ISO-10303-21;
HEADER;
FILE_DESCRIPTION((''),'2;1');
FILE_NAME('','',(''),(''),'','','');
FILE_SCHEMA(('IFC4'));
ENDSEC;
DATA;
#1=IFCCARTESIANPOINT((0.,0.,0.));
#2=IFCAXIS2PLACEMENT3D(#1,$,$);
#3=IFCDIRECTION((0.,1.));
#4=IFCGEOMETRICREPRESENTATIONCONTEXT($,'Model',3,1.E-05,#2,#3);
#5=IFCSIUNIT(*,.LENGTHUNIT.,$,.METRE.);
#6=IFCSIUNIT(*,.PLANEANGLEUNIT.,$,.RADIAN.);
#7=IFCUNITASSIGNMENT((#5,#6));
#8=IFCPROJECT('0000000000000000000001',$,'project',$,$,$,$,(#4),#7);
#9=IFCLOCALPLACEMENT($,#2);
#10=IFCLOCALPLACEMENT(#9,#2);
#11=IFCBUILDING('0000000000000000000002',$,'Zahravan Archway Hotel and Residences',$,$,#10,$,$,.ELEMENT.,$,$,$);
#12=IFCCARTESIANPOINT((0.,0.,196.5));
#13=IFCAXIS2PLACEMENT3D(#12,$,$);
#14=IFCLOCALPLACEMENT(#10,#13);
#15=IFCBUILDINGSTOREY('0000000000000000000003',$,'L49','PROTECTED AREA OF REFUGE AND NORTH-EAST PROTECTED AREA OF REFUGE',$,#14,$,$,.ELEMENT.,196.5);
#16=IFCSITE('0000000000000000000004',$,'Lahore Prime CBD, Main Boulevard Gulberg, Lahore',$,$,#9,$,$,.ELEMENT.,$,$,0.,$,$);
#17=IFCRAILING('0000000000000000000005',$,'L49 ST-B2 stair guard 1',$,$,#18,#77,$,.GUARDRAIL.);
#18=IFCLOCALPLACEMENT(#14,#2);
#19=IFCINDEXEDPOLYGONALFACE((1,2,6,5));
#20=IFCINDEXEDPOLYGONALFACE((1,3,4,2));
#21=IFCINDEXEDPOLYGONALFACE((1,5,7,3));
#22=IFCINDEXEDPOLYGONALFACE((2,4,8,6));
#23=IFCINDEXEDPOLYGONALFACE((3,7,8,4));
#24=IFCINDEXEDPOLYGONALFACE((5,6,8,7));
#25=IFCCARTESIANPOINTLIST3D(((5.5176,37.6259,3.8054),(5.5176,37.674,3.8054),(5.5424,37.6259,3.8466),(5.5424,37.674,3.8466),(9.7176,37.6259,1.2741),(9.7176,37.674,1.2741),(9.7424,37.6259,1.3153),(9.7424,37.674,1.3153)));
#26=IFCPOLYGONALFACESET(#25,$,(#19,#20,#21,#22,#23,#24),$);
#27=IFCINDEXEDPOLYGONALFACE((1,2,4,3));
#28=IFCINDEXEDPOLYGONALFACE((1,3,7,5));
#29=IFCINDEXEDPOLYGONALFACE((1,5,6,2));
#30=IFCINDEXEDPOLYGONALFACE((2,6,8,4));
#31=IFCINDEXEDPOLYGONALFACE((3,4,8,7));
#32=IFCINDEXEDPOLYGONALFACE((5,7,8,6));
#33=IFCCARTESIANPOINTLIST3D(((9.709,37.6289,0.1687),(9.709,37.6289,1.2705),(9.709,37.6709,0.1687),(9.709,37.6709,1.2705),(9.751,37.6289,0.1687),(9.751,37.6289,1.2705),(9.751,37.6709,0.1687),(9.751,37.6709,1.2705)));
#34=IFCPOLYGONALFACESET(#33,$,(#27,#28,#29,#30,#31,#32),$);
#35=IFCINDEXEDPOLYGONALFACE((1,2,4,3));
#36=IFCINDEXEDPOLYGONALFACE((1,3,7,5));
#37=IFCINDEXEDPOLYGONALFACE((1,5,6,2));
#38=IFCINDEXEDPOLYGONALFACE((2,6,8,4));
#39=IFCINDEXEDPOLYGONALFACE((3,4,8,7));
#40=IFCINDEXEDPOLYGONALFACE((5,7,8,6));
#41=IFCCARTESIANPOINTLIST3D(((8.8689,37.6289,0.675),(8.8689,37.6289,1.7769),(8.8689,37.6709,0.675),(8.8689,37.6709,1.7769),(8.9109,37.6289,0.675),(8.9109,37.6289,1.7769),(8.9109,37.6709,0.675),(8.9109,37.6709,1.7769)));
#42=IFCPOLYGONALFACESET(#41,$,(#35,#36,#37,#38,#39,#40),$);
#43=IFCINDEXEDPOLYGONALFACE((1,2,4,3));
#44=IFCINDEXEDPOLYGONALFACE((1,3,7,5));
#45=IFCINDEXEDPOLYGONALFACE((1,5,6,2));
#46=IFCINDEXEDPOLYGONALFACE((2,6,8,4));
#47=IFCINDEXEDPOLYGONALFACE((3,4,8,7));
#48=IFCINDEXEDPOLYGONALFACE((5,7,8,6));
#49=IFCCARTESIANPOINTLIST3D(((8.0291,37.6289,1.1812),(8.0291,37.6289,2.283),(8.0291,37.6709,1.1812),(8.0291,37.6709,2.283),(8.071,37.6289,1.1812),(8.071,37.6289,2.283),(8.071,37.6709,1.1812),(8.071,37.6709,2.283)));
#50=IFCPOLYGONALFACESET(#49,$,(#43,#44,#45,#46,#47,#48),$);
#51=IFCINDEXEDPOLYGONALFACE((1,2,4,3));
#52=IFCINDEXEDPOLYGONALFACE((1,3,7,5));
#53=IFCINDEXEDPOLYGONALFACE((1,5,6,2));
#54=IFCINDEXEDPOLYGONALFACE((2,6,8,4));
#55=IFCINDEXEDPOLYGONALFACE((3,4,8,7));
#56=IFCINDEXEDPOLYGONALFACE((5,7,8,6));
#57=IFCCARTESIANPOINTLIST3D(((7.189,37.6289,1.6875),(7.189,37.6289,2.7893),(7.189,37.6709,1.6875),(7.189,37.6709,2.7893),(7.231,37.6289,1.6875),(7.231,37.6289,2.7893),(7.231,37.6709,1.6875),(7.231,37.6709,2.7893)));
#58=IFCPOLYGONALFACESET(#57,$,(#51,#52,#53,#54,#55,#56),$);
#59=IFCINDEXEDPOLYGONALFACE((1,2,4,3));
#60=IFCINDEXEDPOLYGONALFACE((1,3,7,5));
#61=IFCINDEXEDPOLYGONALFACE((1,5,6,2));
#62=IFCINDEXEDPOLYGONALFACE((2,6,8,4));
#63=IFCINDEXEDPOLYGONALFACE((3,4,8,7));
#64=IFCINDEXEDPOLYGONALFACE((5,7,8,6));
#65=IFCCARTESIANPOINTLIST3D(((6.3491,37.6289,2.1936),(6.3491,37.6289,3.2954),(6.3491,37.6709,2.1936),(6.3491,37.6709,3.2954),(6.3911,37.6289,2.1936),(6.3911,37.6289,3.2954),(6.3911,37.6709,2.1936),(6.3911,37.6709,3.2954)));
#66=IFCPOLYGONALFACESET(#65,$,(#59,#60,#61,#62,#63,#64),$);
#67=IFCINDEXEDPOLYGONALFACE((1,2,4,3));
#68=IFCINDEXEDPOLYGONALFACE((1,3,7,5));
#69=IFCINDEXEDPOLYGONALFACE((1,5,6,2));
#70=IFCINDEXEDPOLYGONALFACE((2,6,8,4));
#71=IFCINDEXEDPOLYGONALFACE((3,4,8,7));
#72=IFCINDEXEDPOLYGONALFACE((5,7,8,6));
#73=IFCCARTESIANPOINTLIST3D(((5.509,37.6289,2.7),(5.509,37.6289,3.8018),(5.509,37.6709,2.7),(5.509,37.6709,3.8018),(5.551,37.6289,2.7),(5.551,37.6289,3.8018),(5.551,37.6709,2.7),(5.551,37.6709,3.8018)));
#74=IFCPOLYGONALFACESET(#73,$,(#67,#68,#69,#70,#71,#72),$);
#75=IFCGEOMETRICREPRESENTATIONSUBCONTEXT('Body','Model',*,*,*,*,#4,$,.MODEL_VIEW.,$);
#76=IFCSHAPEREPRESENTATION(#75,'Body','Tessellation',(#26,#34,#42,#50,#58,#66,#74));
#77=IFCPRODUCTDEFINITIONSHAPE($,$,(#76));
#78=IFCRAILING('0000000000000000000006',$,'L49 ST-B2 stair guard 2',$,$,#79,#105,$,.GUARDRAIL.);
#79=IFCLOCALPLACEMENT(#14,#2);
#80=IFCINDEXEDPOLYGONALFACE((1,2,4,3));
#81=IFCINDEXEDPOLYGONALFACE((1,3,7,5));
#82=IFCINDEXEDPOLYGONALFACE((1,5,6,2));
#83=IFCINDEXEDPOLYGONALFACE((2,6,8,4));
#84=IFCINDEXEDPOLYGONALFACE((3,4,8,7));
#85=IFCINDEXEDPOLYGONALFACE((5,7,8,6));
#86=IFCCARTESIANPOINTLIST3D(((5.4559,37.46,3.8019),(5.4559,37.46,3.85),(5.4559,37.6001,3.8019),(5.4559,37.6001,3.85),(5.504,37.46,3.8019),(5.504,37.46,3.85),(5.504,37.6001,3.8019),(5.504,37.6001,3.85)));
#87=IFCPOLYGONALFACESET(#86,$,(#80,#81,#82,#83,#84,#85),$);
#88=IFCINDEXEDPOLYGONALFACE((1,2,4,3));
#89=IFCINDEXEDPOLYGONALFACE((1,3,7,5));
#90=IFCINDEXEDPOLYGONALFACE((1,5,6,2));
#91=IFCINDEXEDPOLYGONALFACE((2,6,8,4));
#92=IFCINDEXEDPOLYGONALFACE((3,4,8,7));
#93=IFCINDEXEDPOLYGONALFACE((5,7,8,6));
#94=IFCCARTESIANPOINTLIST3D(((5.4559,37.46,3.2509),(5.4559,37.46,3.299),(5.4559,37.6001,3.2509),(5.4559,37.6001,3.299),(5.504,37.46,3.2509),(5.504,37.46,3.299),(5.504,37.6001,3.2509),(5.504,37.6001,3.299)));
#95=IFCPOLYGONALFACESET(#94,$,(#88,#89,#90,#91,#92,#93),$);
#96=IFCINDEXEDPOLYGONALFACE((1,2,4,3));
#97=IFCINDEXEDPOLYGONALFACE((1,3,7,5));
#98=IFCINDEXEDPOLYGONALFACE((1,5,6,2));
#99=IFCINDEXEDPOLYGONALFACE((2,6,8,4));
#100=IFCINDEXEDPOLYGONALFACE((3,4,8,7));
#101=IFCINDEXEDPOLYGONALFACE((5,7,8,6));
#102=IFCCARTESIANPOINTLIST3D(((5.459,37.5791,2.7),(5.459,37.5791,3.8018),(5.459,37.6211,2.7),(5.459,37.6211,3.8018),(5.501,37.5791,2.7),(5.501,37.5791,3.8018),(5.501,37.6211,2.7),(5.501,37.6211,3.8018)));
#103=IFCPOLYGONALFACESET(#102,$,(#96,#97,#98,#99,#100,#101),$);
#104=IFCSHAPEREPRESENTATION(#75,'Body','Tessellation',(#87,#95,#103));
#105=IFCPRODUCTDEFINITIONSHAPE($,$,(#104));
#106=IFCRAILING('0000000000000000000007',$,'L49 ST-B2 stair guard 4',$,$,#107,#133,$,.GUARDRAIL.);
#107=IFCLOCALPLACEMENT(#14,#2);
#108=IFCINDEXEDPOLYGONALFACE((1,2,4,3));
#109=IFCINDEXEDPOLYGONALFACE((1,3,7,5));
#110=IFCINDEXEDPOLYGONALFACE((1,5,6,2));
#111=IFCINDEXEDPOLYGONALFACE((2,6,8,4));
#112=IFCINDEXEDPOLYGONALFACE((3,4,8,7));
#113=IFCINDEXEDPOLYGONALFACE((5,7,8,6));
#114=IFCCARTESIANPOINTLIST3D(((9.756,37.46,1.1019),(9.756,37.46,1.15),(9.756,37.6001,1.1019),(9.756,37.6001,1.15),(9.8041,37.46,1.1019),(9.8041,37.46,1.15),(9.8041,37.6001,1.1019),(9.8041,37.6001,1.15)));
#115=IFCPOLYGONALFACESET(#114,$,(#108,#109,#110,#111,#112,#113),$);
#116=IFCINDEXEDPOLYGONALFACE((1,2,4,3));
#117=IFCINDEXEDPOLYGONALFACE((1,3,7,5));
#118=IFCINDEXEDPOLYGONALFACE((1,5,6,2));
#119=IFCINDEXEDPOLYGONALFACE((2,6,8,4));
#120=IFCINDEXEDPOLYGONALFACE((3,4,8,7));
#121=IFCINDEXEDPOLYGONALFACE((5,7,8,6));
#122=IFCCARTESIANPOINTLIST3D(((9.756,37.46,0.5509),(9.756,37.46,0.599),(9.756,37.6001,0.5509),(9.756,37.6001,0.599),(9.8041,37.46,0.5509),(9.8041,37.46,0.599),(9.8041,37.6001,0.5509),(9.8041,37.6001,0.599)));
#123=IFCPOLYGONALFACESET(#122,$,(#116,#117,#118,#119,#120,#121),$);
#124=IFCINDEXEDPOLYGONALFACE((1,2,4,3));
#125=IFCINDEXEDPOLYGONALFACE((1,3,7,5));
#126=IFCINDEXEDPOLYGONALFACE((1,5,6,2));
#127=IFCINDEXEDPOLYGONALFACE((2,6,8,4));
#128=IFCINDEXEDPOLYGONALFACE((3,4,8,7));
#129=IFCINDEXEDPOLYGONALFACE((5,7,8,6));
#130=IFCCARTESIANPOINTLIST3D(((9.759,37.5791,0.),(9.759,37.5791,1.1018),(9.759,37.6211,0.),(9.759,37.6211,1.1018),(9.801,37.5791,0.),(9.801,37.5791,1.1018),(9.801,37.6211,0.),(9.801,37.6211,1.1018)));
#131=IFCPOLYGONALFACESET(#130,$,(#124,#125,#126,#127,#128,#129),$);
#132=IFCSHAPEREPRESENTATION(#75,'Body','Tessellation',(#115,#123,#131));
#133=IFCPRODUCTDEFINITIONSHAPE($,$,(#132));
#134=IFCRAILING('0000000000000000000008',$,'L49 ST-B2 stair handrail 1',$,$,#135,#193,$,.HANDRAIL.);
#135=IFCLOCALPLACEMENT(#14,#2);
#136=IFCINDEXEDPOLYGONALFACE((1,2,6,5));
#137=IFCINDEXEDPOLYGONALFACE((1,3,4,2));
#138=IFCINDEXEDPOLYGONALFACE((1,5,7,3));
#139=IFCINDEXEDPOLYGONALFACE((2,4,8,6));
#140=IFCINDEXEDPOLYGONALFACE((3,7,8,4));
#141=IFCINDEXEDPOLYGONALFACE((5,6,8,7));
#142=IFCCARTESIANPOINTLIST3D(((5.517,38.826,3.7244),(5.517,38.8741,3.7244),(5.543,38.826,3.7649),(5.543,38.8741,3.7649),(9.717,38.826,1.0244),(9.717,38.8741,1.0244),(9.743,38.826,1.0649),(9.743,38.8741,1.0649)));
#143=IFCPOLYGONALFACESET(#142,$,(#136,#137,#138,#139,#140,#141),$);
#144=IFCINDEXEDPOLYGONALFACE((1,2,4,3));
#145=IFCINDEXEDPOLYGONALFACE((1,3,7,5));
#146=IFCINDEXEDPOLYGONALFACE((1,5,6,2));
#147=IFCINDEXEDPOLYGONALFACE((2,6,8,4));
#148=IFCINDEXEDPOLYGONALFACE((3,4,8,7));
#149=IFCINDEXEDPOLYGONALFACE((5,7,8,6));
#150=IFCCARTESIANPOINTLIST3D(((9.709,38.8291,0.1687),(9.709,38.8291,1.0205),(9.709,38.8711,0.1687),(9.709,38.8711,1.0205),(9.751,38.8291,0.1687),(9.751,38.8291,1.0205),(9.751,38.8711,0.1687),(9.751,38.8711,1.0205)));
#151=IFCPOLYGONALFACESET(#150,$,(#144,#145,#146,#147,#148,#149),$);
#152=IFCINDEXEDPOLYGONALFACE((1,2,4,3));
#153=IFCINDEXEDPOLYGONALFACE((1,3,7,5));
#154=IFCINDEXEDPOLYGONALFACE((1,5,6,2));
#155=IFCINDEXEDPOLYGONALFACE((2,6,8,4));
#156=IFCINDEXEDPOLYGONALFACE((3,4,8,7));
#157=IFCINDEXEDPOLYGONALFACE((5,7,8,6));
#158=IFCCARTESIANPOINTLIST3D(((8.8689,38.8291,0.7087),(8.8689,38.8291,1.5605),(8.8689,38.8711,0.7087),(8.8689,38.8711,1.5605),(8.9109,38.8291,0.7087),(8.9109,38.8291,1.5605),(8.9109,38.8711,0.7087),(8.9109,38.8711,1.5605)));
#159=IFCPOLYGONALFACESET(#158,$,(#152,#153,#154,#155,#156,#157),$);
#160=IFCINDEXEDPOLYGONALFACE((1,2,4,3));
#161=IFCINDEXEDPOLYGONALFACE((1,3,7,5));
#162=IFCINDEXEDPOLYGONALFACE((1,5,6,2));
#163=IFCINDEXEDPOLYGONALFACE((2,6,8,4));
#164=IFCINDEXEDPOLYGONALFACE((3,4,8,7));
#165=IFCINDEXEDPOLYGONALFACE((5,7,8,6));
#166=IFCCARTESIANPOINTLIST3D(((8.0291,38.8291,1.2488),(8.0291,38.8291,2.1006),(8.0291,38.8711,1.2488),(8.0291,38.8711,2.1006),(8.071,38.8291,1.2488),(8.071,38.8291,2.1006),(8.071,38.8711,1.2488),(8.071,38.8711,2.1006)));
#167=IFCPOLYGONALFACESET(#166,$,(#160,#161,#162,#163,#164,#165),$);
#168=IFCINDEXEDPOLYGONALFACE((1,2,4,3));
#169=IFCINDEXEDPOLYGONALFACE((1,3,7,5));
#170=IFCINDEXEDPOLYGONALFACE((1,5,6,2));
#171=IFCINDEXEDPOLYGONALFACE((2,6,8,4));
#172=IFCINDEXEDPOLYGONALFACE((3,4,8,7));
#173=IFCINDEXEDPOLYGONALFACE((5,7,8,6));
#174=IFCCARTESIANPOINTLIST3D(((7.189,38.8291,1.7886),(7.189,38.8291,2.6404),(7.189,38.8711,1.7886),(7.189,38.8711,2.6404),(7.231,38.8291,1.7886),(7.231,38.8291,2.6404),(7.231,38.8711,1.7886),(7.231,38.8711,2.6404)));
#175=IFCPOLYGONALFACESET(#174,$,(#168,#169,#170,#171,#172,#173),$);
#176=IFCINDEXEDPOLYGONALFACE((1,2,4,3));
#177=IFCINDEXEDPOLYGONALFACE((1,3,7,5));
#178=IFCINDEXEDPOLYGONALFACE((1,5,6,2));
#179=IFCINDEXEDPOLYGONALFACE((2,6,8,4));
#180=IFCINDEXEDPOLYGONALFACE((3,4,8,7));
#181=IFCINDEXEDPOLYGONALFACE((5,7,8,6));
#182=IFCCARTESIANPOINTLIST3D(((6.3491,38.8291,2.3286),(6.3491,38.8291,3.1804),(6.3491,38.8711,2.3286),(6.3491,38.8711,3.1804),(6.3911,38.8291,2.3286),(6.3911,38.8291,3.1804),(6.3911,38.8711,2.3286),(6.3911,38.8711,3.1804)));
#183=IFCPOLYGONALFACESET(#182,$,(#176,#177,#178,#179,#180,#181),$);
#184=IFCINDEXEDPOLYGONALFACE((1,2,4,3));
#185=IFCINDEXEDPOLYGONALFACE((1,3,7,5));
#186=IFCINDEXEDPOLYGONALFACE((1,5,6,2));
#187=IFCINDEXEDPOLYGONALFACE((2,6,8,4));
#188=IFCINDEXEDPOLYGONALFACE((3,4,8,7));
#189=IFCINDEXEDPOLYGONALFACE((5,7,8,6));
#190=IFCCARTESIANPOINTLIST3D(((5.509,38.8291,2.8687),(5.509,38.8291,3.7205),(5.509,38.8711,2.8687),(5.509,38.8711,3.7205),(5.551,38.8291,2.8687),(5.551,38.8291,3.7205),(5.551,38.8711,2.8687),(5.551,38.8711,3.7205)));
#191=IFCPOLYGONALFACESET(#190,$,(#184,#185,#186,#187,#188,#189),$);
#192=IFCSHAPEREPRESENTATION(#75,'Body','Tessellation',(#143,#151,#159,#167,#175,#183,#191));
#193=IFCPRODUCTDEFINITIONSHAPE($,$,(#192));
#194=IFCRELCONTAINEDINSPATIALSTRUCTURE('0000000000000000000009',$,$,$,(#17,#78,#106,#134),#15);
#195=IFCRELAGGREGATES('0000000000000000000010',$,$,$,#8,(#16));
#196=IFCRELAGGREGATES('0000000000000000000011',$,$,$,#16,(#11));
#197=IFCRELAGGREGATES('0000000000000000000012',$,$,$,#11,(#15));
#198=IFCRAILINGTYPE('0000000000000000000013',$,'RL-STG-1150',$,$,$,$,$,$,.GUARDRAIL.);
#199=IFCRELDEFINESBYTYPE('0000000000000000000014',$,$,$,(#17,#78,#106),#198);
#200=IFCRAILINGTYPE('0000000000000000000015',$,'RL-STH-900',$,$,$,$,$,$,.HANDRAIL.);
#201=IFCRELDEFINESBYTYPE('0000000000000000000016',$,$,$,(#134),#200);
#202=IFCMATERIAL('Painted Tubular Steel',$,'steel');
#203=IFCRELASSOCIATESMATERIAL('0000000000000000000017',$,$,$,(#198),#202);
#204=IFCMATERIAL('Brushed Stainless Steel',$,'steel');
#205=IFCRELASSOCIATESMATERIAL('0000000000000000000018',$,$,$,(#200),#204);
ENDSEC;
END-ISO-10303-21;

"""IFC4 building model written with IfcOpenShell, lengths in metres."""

from ifc_helpers import new_model, si_unit, direction, frame, origin, origin_2d, place, context, subcontext, project, spatial, rectangle, extrude, material, type_object, element, save


model = new_model("IFC4")

# Units and contexts
model_context = context("Model", 3, precision=1e-05, world=origin(), true_north=direction((0.0, 1.0)))
body_context = subcontext(model_context, "Body", "Model", "MODEL_VIEW")
ifc_project = project(units=[si_unit("LENGTHUNIT", "METRE"), si_unit("PLANEANGLEUNIT", "RADIAN")], contexts=[model_context])

# Site, building, storey
site_placement = place(None, origin())
site = spatial("IfcSite", under=ifc_project, at=site_placement, Name="Lahore Prime CBD, Main Boulevard Gulberg, Lahore", CompositionType="ELEMENT", RefElevation=0.0)
building_placement = place(site_placement, origin())
building = spatial("IfcBuilding", under=site, at=building_placement, Name="Zahravan Archway Hotel and Residences", CompositionType="ELEMENT")
storey_placement = place(building_placement, frame((0.0, 0.0, 196.5)))
storey = spatial("IfcBuildingStorey", under=building, at=storey_placement, Name="L49", Description="PROTECTED AREA OF REFUGE AND NORTH-EAST PROTECTED AREA OF REFUGE", CompositionType="ELEMENT", Elevation=196.5)

# Railings
ifc_material_1 = material(Name="Painted Tubular Steel", Category="steel")
railing_type_1 = type_object("IfcRailingType", Name="RL-STG-1150", PredefinedType="GUARDRAIL", material=ifc_material_1)
railing_1_placement = place(storey_placement, frame((9.73, 37.6499, 0.1687)))
element("IfcRailing", 1, at=railing_1_placement, inside=storey, type_object=railing_type_1, Name="L49 ST-B2 stair guard 1", PredefinedType="GUARDRAIL", context=body_context, shape_type="SweptSolid", body=[
    extrude(rectangle(XDim=0.0481, YDim=0.0481, at=origin_2d()), frame((0.0, 0.0, 1.126), z_axis=(-0.856476, 0.0, 0.516186), x_axis=(0.0, -1.0, 0.0)), (0.0, 0.0, 1.0), 4.9038),
    extrude(rectangle(XDim=0.042, YDim=0.042, at=origin_2d()), origin(), (0.0, 0.0, 1.0), 1.1018),
    extrude(rectangle(XDim=0.042, YDim=0.042, at=origin_2d()), frame((-0.8401, 0.0, 0.5063)), (0.0, 0.0, 1.0), 1.1018),
    extrude(rectangle(XDim=0.042, YDim=0.042, at=origin_2d()), frame((-1.6799, 0.0, 1.0125)), (0.0, 0.0, 1.0), 1.1018),
    extrude(rectangle(XDim=0.042, YDim=0.042, at=origin_2d()), frame((-2.52, 0.0, 1.5188)), (0.0, 0.0, 1.0), 1.1018),
    extrude(rectangle(XDim=0.042, YDim=0.042, at=origin_2d()), frame((-3.3599, 0.0, 2.0249)), (0.0, 0.0, 1.0), 1.1018),
    extrude(rectangle(XDim=0.042, YDim=0.042, at=origin_2d()), frame((-4.2, 0.0, 2.5312)), (0.0, 0.0, 1.0), 1.1018),
])
for number, where, name in (
    (2, (5.48, 37.6001, 2.7), "L49 ST-B2 stair guard 2"),
    (3, (9.78, 37.6001, 0.0), "L49 ST-B2 stair guard 4"),
):
    element("IfcRailing", number, at=place(storey_placement, frame(where)), inside=storey, type_object=railing_type_1, Name=name, PredefinedType="GUARDRAIL", context=body_context, shape_type="SweptSolid", body=[
        extrude(rectangle(XDim=0.0481, YDim=0.0481, at=origin_2d()), frame((0.0, 0.0, 1.126), z_axis=(0.0, -1.0, 0.0), x_axis=(1.0, 0.0, 0.0)), (0.0, 0.0, 1.0), 0.1401),
        extrude(rectangle(XDim=0.0481, YDim=0.0481, at=origin_2d()), frame((0.0, 0.0, 0.575), z_axis=(0.0, -1.0, 0.0), x_axis=(1.0, 0.0, 0.0)), (0.0, 0.0, 1.0), 0.1401),
        extrude(rectangle(XDim=0.042, YDim=0.042, at=origin_2d()), origin(), (0.0, 0.0, 1.0), 1.1018),
    ])
ifc_material_2 = material(Name="Brushed Stainless Steel", Category="steel")
railing_type_2 = type_object("IfcRailingType", Name="RL-STH-900", PredefinedType="HANDRAIL", material=ifc_material_2)
railing_2_placement = place(storey_placement, frame((9.73, 38.8501, 0.1687)))
element("IfcRailing", 4, at=railing_2_placement, inside=storey, type_object=railing_type_2, Name="L49 ST-B2 stair handrail 1", PredefinedType="HANDRAIL", context=body_context, shape_type="SweptSolid", body=[
    extrude(rectangle(XDim=0.0481, YDim=0.0481, at=origin_2d()), frame((0.0, 0.0, 0.876), z_axis=(-0.84118, 0.0, 0.540755), x_axis=(0.0, -1.0, 0.0)), (0.0, 0.0, 1.0), 4.9929),
    extrude(rectangle(XDim=0.042, YDim=0.042, at=origin_2d()), origin(), (0.0, 0.0, 1.0), 0.8518),
    extrude(rectangle(XDim=0.042, YDim=0.042, at=origin_2d()), frame((-0.8401, 0.0, 0.54)), (0.0, 0.0, 1.0), 0.8518),
    extrude(rectangle(XDim=0.042, YDim=0.042, at=origin_2d()), frame((-1.6799, 0.0, 1.0801)), (0.0, 0.0, 1.0), 0.8518),
    extrude(rectangle(XDim=0.042, YDim=0.042, at=origin_2d()), frame((-2.52, 0.0, 1.6199)), (0.0, 0.0, 1.0), 0.8518),
    extrude(rectangle(XDim=0.042, YDim=0.042, at=origin_2d()), frame((-3.3599, 0.0, 2.1599)), (0.0, 0.0, 1.0), 0.8518),
    extrude(rectangle(XDim=0.042, YDim=0.042, at=origin_2d()), frame((-4.2, 0.0, 2.7)), (0.0, 0.0, 1.0), 0.8518),
])

save(model, "model.ifc")
